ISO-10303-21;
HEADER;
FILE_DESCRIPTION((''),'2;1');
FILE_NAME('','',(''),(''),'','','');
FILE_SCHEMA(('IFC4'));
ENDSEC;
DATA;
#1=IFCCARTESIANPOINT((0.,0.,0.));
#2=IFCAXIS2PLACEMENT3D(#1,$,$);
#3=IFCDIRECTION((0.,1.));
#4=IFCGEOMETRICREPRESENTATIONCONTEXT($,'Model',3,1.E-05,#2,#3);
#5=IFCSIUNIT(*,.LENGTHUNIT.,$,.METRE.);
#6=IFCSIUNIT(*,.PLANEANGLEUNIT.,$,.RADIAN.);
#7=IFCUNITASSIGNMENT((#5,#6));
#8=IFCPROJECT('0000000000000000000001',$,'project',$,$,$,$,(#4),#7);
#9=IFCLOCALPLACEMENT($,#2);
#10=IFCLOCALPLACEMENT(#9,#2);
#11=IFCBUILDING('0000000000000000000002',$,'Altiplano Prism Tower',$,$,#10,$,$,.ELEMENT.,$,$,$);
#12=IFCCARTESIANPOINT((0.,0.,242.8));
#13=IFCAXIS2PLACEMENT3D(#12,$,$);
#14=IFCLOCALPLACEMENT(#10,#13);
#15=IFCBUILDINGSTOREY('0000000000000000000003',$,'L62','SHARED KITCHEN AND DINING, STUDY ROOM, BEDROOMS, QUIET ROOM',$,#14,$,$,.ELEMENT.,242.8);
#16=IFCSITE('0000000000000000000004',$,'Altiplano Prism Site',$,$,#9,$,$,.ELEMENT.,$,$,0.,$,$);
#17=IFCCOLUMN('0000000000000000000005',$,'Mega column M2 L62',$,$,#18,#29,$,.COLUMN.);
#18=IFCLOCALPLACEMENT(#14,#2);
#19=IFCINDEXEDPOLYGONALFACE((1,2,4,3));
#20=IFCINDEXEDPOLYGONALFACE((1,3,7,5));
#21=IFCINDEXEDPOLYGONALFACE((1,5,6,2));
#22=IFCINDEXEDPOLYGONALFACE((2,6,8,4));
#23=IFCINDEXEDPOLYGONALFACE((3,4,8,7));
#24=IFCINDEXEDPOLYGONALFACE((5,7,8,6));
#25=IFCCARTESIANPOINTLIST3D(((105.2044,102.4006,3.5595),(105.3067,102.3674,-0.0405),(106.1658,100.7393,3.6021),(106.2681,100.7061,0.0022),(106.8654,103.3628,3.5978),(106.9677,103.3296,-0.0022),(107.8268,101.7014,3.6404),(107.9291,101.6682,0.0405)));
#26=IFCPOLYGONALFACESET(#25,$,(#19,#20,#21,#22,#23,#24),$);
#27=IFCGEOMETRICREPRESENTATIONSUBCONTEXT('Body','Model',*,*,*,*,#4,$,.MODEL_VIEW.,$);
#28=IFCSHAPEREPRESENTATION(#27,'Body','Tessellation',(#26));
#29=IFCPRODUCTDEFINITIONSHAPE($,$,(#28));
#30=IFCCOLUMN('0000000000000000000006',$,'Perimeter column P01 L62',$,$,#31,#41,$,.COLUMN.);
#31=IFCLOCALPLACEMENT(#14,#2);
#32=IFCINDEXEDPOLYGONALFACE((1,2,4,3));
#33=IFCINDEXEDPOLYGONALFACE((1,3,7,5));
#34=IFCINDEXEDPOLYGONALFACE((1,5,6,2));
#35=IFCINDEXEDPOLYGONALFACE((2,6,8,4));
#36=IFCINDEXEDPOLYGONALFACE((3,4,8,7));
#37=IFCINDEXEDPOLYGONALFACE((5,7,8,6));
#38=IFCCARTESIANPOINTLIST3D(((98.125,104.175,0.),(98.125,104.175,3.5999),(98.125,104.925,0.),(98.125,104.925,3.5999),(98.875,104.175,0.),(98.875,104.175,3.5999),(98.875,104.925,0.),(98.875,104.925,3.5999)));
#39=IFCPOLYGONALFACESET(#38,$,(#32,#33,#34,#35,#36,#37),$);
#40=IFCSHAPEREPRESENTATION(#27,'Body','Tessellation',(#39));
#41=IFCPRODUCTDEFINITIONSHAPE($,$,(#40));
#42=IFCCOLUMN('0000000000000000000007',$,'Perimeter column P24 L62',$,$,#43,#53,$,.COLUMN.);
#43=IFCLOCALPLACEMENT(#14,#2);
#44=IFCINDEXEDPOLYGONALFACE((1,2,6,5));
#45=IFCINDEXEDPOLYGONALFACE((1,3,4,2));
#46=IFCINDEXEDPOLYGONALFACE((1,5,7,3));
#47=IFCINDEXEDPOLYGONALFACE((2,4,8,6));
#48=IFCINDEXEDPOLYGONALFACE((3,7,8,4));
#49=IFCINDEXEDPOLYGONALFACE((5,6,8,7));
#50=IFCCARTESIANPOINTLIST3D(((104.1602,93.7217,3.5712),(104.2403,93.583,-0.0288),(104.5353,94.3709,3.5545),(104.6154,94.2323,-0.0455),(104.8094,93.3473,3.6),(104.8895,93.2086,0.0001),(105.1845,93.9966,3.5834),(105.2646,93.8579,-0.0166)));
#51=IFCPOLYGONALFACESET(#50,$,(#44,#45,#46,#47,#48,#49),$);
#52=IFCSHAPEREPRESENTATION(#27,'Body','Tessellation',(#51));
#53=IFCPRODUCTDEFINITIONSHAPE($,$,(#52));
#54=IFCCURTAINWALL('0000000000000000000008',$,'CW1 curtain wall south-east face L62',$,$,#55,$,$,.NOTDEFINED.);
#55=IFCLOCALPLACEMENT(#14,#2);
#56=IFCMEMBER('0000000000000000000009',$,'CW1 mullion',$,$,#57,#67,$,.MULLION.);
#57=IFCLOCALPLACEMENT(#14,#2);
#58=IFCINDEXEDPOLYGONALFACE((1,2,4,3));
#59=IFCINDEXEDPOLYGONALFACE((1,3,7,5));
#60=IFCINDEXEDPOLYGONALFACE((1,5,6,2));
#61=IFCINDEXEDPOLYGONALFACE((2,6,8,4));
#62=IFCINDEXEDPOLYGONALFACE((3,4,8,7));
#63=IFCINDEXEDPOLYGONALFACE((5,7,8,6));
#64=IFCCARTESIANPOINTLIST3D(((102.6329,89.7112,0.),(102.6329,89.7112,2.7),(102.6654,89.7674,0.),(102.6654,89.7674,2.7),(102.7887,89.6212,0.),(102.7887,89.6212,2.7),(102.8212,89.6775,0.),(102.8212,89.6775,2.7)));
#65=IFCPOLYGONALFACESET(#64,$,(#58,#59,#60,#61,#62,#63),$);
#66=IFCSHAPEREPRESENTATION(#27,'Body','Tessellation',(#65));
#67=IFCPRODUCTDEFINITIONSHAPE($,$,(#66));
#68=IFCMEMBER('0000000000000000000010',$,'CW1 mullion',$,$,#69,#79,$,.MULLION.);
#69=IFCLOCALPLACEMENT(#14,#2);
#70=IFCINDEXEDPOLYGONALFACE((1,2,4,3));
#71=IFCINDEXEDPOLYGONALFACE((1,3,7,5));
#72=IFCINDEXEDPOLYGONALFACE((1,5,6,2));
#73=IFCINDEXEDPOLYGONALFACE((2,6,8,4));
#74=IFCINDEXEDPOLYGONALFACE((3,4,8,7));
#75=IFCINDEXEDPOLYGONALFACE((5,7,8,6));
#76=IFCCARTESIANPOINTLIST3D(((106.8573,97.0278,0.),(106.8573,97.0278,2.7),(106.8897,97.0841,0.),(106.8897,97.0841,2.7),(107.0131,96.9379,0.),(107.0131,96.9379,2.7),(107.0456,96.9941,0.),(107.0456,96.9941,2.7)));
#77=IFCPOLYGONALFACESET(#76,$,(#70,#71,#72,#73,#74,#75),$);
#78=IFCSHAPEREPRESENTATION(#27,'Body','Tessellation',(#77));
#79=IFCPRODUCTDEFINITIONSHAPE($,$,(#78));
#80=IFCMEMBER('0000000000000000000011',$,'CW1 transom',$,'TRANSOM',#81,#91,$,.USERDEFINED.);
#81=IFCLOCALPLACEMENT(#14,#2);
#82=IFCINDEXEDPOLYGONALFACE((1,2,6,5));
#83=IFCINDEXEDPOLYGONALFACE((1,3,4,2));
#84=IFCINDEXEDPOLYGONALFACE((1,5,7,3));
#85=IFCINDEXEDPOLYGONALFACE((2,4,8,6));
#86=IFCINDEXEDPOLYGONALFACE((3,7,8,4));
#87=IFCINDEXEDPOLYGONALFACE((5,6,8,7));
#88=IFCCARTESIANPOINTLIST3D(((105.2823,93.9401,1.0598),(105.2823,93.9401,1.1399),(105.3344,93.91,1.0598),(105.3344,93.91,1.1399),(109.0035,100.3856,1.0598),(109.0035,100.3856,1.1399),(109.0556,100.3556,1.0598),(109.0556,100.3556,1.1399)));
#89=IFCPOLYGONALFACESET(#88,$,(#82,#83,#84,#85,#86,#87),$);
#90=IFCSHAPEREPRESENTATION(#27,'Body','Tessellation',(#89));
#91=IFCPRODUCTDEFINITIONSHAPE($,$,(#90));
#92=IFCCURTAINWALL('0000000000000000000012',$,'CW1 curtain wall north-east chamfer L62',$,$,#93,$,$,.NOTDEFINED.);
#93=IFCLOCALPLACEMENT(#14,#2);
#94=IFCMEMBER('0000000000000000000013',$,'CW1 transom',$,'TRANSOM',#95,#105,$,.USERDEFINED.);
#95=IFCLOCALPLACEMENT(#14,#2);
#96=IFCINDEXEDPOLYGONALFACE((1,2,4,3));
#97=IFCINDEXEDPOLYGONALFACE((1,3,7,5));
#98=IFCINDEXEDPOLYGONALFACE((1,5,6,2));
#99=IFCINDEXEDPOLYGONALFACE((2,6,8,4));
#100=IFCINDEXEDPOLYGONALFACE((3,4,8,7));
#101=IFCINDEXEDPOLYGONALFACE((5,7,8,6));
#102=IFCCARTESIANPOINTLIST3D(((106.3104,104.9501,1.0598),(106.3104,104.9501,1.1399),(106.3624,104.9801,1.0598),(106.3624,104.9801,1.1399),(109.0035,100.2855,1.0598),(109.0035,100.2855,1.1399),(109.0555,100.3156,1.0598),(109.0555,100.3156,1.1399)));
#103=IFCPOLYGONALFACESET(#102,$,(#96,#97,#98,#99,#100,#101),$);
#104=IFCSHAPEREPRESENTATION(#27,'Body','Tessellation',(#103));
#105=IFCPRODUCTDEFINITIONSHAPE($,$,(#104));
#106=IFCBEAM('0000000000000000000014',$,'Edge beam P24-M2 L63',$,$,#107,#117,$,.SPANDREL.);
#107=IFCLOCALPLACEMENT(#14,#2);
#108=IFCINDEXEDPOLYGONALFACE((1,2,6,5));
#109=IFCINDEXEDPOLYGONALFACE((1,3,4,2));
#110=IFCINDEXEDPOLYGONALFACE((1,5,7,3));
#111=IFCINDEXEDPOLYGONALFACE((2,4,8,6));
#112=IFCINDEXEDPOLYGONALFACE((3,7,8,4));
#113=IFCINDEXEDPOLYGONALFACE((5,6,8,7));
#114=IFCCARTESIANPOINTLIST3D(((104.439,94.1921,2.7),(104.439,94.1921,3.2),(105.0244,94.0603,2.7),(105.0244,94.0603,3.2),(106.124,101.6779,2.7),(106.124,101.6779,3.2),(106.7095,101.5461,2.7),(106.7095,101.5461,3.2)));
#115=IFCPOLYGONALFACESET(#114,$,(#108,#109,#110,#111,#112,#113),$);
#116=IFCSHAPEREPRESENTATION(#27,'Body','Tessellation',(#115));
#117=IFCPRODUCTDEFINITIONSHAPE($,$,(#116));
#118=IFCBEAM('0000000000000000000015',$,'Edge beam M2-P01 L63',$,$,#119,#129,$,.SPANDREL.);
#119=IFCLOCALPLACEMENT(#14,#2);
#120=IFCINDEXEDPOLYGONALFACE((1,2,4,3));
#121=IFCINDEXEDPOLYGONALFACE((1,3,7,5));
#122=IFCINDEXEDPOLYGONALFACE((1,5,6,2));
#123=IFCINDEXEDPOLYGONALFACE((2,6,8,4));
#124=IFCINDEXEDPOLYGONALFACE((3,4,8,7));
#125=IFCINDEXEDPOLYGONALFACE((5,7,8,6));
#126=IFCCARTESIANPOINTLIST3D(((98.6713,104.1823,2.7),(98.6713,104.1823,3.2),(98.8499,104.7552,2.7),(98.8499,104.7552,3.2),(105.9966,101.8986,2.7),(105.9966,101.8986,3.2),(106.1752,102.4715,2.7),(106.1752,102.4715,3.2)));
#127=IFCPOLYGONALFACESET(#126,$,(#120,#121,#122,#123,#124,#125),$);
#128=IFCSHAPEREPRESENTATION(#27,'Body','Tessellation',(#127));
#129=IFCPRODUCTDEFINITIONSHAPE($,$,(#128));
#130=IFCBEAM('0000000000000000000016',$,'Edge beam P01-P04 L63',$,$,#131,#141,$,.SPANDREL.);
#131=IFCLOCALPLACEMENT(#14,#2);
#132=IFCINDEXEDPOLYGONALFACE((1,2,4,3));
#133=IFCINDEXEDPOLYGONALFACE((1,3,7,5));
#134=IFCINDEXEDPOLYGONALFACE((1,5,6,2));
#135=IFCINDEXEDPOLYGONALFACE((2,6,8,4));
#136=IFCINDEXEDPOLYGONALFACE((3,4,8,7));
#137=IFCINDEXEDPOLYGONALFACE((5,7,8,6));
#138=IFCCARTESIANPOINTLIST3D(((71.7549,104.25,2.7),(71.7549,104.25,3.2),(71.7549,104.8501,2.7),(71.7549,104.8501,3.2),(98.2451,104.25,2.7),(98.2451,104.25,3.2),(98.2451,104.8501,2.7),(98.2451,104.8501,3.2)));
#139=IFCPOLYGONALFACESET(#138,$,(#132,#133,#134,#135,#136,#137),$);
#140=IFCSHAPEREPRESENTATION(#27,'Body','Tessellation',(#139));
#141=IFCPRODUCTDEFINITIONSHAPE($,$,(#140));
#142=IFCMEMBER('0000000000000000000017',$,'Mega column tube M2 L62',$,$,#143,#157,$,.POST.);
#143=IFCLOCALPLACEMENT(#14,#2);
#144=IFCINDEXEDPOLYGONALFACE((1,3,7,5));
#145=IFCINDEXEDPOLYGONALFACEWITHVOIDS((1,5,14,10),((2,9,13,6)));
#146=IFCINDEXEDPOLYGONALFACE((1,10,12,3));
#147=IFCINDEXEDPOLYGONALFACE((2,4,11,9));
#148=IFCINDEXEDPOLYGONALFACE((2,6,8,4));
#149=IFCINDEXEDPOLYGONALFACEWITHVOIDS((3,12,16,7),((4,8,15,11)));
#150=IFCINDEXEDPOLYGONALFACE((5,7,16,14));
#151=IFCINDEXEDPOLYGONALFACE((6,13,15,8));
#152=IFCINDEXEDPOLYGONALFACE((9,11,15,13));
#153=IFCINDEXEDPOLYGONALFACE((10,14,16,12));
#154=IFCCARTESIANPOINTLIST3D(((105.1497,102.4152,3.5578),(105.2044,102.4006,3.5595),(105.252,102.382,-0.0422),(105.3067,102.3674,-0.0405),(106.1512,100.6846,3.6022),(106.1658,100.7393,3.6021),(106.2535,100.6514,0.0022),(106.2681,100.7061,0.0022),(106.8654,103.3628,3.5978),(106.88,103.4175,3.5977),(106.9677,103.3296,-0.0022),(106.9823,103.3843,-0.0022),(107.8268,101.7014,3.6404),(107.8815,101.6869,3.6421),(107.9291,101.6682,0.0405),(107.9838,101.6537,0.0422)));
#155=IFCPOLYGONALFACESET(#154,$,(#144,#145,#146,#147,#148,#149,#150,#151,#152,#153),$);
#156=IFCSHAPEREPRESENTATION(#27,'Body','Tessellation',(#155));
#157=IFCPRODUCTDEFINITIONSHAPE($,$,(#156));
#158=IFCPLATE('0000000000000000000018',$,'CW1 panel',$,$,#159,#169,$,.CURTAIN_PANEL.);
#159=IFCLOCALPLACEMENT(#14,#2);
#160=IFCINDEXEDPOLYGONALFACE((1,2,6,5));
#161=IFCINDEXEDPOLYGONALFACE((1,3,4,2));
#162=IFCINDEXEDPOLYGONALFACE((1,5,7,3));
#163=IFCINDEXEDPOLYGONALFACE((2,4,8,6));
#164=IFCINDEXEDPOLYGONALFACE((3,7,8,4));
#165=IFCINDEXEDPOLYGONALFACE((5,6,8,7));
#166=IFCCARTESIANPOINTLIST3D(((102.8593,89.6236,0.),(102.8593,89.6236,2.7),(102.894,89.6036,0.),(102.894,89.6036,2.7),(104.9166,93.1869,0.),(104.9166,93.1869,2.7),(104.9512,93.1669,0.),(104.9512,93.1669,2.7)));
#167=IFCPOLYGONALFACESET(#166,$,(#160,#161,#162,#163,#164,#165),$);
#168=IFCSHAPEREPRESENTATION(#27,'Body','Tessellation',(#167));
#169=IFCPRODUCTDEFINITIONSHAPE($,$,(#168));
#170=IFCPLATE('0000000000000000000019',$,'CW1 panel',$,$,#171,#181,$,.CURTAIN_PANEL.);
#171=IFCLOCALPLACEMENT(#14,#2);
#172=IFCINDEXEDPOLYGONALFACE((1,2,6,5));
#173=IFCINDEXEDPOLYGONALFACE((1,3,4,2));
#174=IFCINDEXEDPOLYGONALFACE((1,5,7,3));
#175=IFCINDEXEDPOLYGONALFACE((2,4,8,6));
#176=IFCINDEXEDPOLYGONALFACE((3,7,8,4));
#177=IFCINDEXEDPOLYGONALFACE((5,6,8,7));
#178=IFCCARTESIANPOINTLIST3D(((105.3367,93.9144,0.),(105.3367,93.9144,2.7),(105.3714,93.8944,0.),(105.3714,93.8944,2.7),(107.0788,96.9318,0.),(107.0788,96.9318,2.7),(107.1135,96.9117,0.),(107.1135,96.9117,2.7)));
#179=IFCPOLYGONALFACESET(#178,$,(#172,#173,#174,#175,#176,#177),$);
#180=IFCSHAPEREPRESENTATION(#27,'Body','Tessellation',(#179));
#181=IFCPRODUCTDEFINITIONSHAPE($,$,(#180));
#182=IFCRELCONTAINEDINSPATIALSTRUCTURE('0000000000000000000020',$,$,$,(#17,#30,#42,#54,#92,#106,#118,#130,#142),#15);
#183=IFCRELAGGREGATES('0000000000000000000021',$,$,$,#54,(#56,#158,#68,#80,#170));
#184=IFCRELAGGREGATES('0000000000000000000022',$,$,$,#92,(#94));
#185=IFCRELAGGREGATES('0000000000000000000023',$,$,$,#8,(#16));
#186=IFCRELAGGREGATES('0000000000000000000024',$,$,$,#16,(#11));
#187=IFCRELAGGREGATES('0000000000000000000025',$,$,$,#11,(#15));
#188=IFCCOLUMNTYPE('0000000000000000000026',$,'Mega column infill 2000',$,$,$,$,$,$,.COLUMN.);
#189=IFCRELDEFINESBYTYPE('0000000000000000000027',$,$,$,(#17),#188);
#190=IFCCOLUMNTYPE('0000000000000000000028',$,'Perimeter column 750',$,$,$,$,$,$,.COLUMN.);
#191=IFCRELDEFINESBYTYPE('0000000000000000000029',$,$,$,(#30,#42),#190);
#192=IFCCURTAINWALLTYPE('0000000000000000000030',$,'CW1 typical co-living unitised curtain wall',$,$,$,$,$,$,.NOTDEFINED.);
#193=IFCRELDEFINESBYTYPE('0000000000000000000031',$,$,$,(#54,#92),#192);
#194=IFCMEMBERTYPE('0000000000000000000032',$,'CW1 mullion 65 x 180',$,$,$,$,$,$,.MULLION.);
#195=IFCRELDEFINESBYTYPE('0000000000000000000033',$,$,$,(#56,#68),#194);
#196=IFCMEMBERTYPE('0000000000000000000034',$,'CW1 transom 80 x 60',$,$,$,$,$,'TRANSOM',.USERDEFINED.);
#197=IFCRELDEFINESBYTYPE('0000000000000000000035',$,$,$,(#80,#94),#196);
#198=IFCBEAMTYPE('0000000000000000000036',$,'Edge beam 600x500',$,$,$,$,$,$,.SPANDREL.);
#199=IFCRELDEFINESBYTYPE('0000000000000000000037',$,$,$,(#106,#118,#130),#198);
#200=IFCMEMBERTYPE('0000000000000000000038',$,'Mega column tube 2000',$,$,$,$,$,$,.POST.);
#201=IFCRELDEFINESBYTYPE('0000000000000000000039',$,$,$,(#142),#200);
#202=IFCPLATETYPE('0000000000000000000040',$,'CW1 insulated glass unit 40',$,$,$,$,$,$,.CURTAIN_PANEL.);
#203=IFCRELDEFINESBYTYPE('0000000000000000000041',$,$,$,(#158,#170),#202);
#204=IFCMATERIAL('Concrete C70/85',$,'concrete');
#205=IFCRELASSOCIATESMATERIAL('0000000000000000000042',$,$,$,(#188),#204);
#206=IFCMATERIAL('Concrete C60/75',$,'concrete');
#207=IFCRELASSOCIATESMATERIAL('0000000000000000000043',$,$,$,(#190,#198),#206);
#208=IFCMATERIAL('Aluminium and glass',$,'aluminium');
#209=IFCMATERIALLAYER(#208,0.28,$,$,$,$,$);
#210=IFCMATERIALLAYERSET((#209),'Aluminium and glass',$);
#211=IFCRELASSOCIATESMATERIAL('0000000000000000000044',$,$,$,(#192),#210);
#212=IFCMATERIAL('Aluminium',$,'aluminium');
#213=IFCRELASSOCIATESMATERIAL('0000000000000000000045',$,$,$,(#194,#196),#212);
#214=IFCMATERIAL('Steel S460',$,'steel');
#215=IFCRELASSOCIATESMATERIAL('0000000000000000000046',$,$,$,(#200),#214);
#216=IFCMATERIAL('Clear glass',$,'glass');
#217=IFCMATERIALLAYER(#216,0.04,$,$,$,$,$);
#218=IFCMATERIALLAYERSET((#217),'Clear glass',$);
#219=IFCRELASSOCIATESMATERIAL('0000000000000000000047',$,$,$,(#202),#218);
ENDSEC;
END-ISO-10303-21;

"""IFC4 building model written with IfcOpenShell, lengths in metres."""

from ifc_helpers import new_model, si_unit, direction, frame, origin, origin_2d, place, context, subcontext, project, spatial, rectangle, hollow_rectangle, extrude, material, layer, layer_set, material_profile, profile_set, type_object, element, aggregate, save


model = new_model("IFC4")

# Units and contexts
model_context = context("Model", 3, precision=1e-05, world=origin(), true_north=direction((0.0, 1.0)))
body_context = subcontext(model_context, "Body", "Model", "MODEL_VIEW")
ifc_project = project(units=[si_unit("LENGTHUNIT", "METRE"), si_unit("PLANEANGLEUNIT", "RADIAN")], contexts=[model_context])

# Site, building, storey
site_placement = place(None, origin())
site = spatial("IfcSite", under=ifc_project, at=site_placement, Name="Altiplano Prism Site", CompositionType="ELEMENT", RefElevation=0.0)
building_placement = place(site_placement, origin())
building = spatial("IfcBuilding", under=site, at=building_placement, Name="Altiplano Prism Tower", CompositionType="ELEMENT")
storey_placement = place(building_placement, frame((0.0, 0.0, 242.8)))
storey = spatial("IfcBuildingStorey", under=building, at=storey_placement, Name="L62", Description="SHARED KITCHEN AND DINING, STUDY ROOM, BEDROOMS, QUIET ROOM", CompositionType="ELEMENT", Elevation=242.8)

# Columns
ifc_material_1 = material(Name="Concrete C70/85", Category="concrete")
ifc_material_profile_1 = material_profile(ifc_material_1, rectangle(XDim=1.9199, YDim=1.9199, at=origin_2d()), Name="Mega column infill 2000")
ifc_profile_set_1 = profile_set([ifc_material_profile_1], Name="Concrete C70/85")
column_type_1 = type_object("IfcColumnType", Name="Mega column infill 2000", PredefinedType="COLUMN", material=ifc_profile_set_1)
column_1_placement = place(storey_placement, frame((106.6179, 102.0178, 0.0), z_axis=(-0.028404, 0.009219, 0.999554), x_axis=(0.500745, -0.86531, 0.022211)))
element("IfcColumn", 1, at=column_1_placement, inside=storey, type_object=column_type_1, Name="Mega column M2 L62", PredefinedType="COLUMN", context=body_context, shape_type="SweptSolid", body=[
    extrude(rectangle(XDim=1.9199, YDim=1.9199, at=origin_2d()), origin(), (0.0, 0.0, 1.0), 3.6016),
])
ifc_material_2 = material(Name="Concrete C60/75", Category="concrete")
ifc_material_profile_2 = material_profile(ifc_material_2, rectangle(XDim=0.75, YDim=0.75, at=origin_2d()), Name="Perimeter column 750")
ifc_profile_set_2 = profile_set([ifc_material_profile_2], Name="Concrete C60/75")
column_type_2 = type_object("IfcColumnType", Name="Perimeter column 750", PredefinedType="COLUMN", material=ifc_profile_set_2)
column_2_placement = place(storey_placement, frame((98.5, 104.55, 0.0), z_axis=(0.0, 0.0, 1.0), x_axis=(1.0, 0.0, 0.0)))
element("IfcColumn", 2, at=column_2_placement, inside=storey, type_object=column_type_2, Name="Perimeter column P01 L62", PredefinedType="COLUMN", context=body_context, shape_type="SweptSolid", body=[
    extrude(rectangle(XDim=0.75, YDim=0.75, at=origin_2d()), origin(), (0.0, 0.0, 1.0), 3.5999),
])
column_3_placement = place(storey_placement, frame((104.7524, 93.7205, -0.0227), z_axis=(-0.022223, 0.038483, 0.999012), x_axis=(-0.500175, -0.865639, 0.022219)))
element("IfcColumn", 3, at=column_3_placement, inside=storey, type_object=column_type_2, Name="Perimeter column P24 L62", PredefinedType="COLUMN", context=body_context, shape_type="SweptSolid", body=[
    extrude(rectangle(XDim=0.75, YDim=0.75, at=origin_2d()), origin(), (0.0, 0.0, 1.0), 3.6035),
])

# Curtain wall, members
ifc_material_3 = material(Name="Aluminium and glass", Category="aluminium")
ifc_layer_1 = layer(ifc_material_3, 0.28)
ifc_layer_set_1 = layer_set([ifc_layer_1], Name="Aluminium and glass")
curtain_wall_type = type_object("IfcCurtainWallType", Name="CW1 typical co-living unitised curtain wall", PredefinedType="NOTDEFINED", material=ifc_layer_set_1)
curtain_wall_1_placement = place(storey_placement, origin())
curtain_wall_1 = element("IfcCurtainWall", 4, at=curtain_wall_1_placement, inside=storey, type_object=curtain_wall_type, Name="CW1 curtain wall south-east face L62", PredefinedType="NOTDEFINED")
ifc_material_4 = material(Name="Aluminium", Category="aluminium")
ifc_material_profile_3 = material_profile(ifc_material_4, rectangle(XDim=0.1799, YDim=0.0649, at=origin_2d()), Name="CW1 mullion 65 x 180")
ifc_profile_set_3 = profile_set([ifc_material_profile_3], Name="Aluminium")
member_type_1 = type_object("IfcMemberType", Name="CW1 mullion 65 x 180", PredefinedType="MULLION", material=ifc_profile_set_3)
member_1_placement = place(storey_placement, frame((102.7271, 89.6943, 0.0), z_axis=(0.0, 0.0, 1.0), x_axis=(-0.866025, 0.5, 0.0)))
member_1 = element("IfcMember", 5, at=member_1_placement, type_object=member_type_1, Name="CW1 mullion", PredefinedType="MULLION", context=body_context, shape_type="SweptSolid", body=[
    extrude(rectangle(XDim=0.1799, YDim=0.0649, at=origin_2d()), origin(), (0.0, 0.0, 1.0), 2.7),
])
member_2_placement = place(storey_placement, frame((106.9514, 97.011, 0.0), z_axis=(0.0, 0.0, 1.0), x_axis=(-0.866025, 0.5, 0.0)))
member_2 = element("IfcMember", 6, at=member_2_placement, type_object=member_type_1, Name="CW1 mullion", PredefinedType="MULLION", context=body_context, shape_type="SweptSolid", body=[
    extrude(rectangle(XDim=0.1799, YDim=0.0649, at=origin_2d()), origin(), (0.0, 0.0, 1.0), 2.7),
])
ifc_material_profile_4 = material_profile(ifc_material_4, rectangle(XDim=0.0601, YDim=0.0801, at=origin_2d()), Name="CW1 transom 80 x 60")
ifc_profile_set_4 = profile_set([ifc_material_profile_4], Name="Aluminium")
member_type_2 = type_object("IfcMemberType", Name="CW1 transom 80 x 60", ElementType="TRANSOM", PredefinedType="USERDEFINED", material=ifc_profile_set_4)
member_3_placement = place(storey_placement, frame((105.3083, 93.925, 1.0999), z_axis=(0.499985, 0.866034, 0.0), x_axis=(-0.866034, 0.499985, 0.0)))
member_3 = element("IfcMember", 7, at=member_3_placement, type_object=member_type_2, Name="CW1 transom", ObjectType="TRANSOM", PredefinedType="USERDEFINED", context=body_context, shape_type="SweptSolid", body=[
    extrude(rectangle(XDim=0.0601, YDim=0.0801, at=origin_2d()), origin(), (0.0, 0.0, 1.0), 7.4426),
])

# Curtain wall, member
curtain_wall_2_placement = place(storey_placement, origin())
curtain_wall_2 = element("IfcCurtainWall", 8, at=curtain_wall_2_placement, inside=storey, type_object=curtain_wall_type, Name="CW1 curtain wall north-east chamfer L62", PredefinedType="NOTDEFINED")
member_4_placement = place(storey_placement, frame((109.0295, 100.3005, 1.0999), z_axis=(-0.500005, 0.866023, 0.0), x_axis=(-0.866023, -0.500005, 0.0)))
member_4 = element("IfcMember", 9, at=member_4_placement, type_object=member_type_2, Name="CW1 transom", ObjectType="TRANSOM", PredefinedType="USERDEFINED", context=body_context, shape_type="SweptSolid", body=[
    extrude(rectangle(XDim=0.0601, YDim=0.0801, at=origin_2d()), origin(), (0.0, 0.0, 1.0), 5.3862),
])

# Beams
ifc_material_profile_5 = material_profile(ifc_material_2, rectangle(XDim=0.6001, YDim=0.5, at=origin_2d()), Name="Edge beam 600x500")
ifc_profile_set_5 = profile_set([ifc_material_profile_5], Name="Concrete C60/75")
beam_type = type_object("IfcBeamType", Name="Edge beam 600x500", PredefinedType="SPANDREL", material=ifc_profile_set_5)
for number, where, z_axis, x_axis, name in (
    (10, (104.7317, 94.1262, 2.95), (0.219605, 0.975589, 0.0), (-0.975589, 0.219605, 0.0), "Edge beam P24-M2 L63"),
    (11, (106.0859, 102.1851, 2.95), (-0.954684, 0.297621, 0.0), (-0.297621, -0.954684, 0.0), "Edge beam M2-P01 L63"),
):
    element("IfcBeam", number, at=place(storey_placement, frame(where, z_axis=z_axis, x_axis=x_axis)), inside=storey, type_object=beam_type, Name=name, PredefinedType="SPANDREL", context=body_context, shape_type="SweptSolid", body=[
        extrude(rectangle(XDim=0.6001, YDim=0.5, at=origin_2d()), origin(), (0.0, 0.0, 1.0), 7.6731),
    ])
beam_placement = place(storey_placement, frame((98.2451, 104.55, 2.95), z_axis=(-1.0, 0.0, 0.0), x_axis=(0.0, -1.0, 0.0)))
element("IfcBeam", 12, at=beam_placement, inside=storey, type_object=beam_type, Name="Edge beam P01-P04 L63", PredefinedType="SPANDREL", context=body_context, shape_type="SweptSolid", body=[
    extrude(rectangle(XDim=0.6001, YDim=0.5, at=origin_2d()), origin(), (0.0, 0.0, 1.0), 26.4902),
])

# Member
ifc_material_5 = material(Name="Steel S460", Category="steel")
ifc_material_profile_6 = material_profile(ifc_material_5, hollow_rectangle(XDim=2.0, YDim=2.0, WallThickness=0.04, at=origin_2d()), Name="Mega column tube 2000")
ifc_profile_set_6 = profile_set([ifc_material_profile_6], Name="Steel S460")
member_type_3 = type_object("IfcMemberType", Name="Mega column tube 2000", PredefinedType="POST", material=ifc_profile_set_6)
member_5_placement = place(storey_placement, frame((106.6179, 102.0178, 0.0), z_axis=(-0.028404, 0.009219, 0.999554), x_axis=(0.500745, -0.86531, 0.022211)))
element("IfcMember", 13, at=member_5_placement, inside=storey, type_object=member_type_3, Name="Mega column tube M2 L62", PredefinedType="POST", context=body_context, shape_type="SweptSolid", body=[
    extrude(hollow_rectangle(XDim=2.0, YDim=2.0, WallThickness=0.04, at=origin_2d()), origin(), (0.0, 0.0, 1.0), 3.6016),
])

# Plates
ifc_material_6 = material(Name="Clear glass", Category="glass")
ifc_layer_2 = layer(ifc_material_6, 0.04)
ifc_layer_set_2 = layer_set([ifc_layer_2], Name="Clear glass")
plate_type = type_object("IfcPlateType", Name="CW1 insulated glass unit 40", PredefinedType="CURTAIN_PANEL", material=ifc_layer_set_2)
plate_1_placement = place(storey_placement, frame((103.9053, 91.3953, 0.0), z_axis=(0.0, 0.0, 1.0), x_axis=(0.5, 0.866025, 0.0)))
plate_1 = element("IfcPlate", 14, at=plate_1_placement, type_object=plate_type, Name="CW1 panel", PredefinedType="CURTAIN_PANEL", context=body_context, shape_type="SweptSolid", body=[
    extrude(rectangle(XDim=4.1145, YDim=0.04, at=origin_2d()), origin(), (0.0, 0.0, 1.0), 2.7),
])
plate_2_placement = place(storey_placement, frame((106.2251, 95.4131, 0.0), z_axis=(0.0, 0.0, 1.0), x_axis=(0.5, 0.866025, 0.0)))
plate_2 = element("IfcPlate", 15, at=plate_2_placement, type_object=plate_type, Name="CW1 panel", PredefinedType="CURTAIN_PANEL", context=body_context, shape_type="SweptSolid", body=[
    extrude(rectangle(XDim=3.4841, YDim=0.04, at=origin_2d()), origin(), (0.0, 0.0, 1.0), 2.7),
])
aggregate(curtain_wall_1, [member_1, plate_1, member_2, member_3, plate_2])
aggregate(curtain_wall_2, [member_4])

save(model, "model.ifc")
